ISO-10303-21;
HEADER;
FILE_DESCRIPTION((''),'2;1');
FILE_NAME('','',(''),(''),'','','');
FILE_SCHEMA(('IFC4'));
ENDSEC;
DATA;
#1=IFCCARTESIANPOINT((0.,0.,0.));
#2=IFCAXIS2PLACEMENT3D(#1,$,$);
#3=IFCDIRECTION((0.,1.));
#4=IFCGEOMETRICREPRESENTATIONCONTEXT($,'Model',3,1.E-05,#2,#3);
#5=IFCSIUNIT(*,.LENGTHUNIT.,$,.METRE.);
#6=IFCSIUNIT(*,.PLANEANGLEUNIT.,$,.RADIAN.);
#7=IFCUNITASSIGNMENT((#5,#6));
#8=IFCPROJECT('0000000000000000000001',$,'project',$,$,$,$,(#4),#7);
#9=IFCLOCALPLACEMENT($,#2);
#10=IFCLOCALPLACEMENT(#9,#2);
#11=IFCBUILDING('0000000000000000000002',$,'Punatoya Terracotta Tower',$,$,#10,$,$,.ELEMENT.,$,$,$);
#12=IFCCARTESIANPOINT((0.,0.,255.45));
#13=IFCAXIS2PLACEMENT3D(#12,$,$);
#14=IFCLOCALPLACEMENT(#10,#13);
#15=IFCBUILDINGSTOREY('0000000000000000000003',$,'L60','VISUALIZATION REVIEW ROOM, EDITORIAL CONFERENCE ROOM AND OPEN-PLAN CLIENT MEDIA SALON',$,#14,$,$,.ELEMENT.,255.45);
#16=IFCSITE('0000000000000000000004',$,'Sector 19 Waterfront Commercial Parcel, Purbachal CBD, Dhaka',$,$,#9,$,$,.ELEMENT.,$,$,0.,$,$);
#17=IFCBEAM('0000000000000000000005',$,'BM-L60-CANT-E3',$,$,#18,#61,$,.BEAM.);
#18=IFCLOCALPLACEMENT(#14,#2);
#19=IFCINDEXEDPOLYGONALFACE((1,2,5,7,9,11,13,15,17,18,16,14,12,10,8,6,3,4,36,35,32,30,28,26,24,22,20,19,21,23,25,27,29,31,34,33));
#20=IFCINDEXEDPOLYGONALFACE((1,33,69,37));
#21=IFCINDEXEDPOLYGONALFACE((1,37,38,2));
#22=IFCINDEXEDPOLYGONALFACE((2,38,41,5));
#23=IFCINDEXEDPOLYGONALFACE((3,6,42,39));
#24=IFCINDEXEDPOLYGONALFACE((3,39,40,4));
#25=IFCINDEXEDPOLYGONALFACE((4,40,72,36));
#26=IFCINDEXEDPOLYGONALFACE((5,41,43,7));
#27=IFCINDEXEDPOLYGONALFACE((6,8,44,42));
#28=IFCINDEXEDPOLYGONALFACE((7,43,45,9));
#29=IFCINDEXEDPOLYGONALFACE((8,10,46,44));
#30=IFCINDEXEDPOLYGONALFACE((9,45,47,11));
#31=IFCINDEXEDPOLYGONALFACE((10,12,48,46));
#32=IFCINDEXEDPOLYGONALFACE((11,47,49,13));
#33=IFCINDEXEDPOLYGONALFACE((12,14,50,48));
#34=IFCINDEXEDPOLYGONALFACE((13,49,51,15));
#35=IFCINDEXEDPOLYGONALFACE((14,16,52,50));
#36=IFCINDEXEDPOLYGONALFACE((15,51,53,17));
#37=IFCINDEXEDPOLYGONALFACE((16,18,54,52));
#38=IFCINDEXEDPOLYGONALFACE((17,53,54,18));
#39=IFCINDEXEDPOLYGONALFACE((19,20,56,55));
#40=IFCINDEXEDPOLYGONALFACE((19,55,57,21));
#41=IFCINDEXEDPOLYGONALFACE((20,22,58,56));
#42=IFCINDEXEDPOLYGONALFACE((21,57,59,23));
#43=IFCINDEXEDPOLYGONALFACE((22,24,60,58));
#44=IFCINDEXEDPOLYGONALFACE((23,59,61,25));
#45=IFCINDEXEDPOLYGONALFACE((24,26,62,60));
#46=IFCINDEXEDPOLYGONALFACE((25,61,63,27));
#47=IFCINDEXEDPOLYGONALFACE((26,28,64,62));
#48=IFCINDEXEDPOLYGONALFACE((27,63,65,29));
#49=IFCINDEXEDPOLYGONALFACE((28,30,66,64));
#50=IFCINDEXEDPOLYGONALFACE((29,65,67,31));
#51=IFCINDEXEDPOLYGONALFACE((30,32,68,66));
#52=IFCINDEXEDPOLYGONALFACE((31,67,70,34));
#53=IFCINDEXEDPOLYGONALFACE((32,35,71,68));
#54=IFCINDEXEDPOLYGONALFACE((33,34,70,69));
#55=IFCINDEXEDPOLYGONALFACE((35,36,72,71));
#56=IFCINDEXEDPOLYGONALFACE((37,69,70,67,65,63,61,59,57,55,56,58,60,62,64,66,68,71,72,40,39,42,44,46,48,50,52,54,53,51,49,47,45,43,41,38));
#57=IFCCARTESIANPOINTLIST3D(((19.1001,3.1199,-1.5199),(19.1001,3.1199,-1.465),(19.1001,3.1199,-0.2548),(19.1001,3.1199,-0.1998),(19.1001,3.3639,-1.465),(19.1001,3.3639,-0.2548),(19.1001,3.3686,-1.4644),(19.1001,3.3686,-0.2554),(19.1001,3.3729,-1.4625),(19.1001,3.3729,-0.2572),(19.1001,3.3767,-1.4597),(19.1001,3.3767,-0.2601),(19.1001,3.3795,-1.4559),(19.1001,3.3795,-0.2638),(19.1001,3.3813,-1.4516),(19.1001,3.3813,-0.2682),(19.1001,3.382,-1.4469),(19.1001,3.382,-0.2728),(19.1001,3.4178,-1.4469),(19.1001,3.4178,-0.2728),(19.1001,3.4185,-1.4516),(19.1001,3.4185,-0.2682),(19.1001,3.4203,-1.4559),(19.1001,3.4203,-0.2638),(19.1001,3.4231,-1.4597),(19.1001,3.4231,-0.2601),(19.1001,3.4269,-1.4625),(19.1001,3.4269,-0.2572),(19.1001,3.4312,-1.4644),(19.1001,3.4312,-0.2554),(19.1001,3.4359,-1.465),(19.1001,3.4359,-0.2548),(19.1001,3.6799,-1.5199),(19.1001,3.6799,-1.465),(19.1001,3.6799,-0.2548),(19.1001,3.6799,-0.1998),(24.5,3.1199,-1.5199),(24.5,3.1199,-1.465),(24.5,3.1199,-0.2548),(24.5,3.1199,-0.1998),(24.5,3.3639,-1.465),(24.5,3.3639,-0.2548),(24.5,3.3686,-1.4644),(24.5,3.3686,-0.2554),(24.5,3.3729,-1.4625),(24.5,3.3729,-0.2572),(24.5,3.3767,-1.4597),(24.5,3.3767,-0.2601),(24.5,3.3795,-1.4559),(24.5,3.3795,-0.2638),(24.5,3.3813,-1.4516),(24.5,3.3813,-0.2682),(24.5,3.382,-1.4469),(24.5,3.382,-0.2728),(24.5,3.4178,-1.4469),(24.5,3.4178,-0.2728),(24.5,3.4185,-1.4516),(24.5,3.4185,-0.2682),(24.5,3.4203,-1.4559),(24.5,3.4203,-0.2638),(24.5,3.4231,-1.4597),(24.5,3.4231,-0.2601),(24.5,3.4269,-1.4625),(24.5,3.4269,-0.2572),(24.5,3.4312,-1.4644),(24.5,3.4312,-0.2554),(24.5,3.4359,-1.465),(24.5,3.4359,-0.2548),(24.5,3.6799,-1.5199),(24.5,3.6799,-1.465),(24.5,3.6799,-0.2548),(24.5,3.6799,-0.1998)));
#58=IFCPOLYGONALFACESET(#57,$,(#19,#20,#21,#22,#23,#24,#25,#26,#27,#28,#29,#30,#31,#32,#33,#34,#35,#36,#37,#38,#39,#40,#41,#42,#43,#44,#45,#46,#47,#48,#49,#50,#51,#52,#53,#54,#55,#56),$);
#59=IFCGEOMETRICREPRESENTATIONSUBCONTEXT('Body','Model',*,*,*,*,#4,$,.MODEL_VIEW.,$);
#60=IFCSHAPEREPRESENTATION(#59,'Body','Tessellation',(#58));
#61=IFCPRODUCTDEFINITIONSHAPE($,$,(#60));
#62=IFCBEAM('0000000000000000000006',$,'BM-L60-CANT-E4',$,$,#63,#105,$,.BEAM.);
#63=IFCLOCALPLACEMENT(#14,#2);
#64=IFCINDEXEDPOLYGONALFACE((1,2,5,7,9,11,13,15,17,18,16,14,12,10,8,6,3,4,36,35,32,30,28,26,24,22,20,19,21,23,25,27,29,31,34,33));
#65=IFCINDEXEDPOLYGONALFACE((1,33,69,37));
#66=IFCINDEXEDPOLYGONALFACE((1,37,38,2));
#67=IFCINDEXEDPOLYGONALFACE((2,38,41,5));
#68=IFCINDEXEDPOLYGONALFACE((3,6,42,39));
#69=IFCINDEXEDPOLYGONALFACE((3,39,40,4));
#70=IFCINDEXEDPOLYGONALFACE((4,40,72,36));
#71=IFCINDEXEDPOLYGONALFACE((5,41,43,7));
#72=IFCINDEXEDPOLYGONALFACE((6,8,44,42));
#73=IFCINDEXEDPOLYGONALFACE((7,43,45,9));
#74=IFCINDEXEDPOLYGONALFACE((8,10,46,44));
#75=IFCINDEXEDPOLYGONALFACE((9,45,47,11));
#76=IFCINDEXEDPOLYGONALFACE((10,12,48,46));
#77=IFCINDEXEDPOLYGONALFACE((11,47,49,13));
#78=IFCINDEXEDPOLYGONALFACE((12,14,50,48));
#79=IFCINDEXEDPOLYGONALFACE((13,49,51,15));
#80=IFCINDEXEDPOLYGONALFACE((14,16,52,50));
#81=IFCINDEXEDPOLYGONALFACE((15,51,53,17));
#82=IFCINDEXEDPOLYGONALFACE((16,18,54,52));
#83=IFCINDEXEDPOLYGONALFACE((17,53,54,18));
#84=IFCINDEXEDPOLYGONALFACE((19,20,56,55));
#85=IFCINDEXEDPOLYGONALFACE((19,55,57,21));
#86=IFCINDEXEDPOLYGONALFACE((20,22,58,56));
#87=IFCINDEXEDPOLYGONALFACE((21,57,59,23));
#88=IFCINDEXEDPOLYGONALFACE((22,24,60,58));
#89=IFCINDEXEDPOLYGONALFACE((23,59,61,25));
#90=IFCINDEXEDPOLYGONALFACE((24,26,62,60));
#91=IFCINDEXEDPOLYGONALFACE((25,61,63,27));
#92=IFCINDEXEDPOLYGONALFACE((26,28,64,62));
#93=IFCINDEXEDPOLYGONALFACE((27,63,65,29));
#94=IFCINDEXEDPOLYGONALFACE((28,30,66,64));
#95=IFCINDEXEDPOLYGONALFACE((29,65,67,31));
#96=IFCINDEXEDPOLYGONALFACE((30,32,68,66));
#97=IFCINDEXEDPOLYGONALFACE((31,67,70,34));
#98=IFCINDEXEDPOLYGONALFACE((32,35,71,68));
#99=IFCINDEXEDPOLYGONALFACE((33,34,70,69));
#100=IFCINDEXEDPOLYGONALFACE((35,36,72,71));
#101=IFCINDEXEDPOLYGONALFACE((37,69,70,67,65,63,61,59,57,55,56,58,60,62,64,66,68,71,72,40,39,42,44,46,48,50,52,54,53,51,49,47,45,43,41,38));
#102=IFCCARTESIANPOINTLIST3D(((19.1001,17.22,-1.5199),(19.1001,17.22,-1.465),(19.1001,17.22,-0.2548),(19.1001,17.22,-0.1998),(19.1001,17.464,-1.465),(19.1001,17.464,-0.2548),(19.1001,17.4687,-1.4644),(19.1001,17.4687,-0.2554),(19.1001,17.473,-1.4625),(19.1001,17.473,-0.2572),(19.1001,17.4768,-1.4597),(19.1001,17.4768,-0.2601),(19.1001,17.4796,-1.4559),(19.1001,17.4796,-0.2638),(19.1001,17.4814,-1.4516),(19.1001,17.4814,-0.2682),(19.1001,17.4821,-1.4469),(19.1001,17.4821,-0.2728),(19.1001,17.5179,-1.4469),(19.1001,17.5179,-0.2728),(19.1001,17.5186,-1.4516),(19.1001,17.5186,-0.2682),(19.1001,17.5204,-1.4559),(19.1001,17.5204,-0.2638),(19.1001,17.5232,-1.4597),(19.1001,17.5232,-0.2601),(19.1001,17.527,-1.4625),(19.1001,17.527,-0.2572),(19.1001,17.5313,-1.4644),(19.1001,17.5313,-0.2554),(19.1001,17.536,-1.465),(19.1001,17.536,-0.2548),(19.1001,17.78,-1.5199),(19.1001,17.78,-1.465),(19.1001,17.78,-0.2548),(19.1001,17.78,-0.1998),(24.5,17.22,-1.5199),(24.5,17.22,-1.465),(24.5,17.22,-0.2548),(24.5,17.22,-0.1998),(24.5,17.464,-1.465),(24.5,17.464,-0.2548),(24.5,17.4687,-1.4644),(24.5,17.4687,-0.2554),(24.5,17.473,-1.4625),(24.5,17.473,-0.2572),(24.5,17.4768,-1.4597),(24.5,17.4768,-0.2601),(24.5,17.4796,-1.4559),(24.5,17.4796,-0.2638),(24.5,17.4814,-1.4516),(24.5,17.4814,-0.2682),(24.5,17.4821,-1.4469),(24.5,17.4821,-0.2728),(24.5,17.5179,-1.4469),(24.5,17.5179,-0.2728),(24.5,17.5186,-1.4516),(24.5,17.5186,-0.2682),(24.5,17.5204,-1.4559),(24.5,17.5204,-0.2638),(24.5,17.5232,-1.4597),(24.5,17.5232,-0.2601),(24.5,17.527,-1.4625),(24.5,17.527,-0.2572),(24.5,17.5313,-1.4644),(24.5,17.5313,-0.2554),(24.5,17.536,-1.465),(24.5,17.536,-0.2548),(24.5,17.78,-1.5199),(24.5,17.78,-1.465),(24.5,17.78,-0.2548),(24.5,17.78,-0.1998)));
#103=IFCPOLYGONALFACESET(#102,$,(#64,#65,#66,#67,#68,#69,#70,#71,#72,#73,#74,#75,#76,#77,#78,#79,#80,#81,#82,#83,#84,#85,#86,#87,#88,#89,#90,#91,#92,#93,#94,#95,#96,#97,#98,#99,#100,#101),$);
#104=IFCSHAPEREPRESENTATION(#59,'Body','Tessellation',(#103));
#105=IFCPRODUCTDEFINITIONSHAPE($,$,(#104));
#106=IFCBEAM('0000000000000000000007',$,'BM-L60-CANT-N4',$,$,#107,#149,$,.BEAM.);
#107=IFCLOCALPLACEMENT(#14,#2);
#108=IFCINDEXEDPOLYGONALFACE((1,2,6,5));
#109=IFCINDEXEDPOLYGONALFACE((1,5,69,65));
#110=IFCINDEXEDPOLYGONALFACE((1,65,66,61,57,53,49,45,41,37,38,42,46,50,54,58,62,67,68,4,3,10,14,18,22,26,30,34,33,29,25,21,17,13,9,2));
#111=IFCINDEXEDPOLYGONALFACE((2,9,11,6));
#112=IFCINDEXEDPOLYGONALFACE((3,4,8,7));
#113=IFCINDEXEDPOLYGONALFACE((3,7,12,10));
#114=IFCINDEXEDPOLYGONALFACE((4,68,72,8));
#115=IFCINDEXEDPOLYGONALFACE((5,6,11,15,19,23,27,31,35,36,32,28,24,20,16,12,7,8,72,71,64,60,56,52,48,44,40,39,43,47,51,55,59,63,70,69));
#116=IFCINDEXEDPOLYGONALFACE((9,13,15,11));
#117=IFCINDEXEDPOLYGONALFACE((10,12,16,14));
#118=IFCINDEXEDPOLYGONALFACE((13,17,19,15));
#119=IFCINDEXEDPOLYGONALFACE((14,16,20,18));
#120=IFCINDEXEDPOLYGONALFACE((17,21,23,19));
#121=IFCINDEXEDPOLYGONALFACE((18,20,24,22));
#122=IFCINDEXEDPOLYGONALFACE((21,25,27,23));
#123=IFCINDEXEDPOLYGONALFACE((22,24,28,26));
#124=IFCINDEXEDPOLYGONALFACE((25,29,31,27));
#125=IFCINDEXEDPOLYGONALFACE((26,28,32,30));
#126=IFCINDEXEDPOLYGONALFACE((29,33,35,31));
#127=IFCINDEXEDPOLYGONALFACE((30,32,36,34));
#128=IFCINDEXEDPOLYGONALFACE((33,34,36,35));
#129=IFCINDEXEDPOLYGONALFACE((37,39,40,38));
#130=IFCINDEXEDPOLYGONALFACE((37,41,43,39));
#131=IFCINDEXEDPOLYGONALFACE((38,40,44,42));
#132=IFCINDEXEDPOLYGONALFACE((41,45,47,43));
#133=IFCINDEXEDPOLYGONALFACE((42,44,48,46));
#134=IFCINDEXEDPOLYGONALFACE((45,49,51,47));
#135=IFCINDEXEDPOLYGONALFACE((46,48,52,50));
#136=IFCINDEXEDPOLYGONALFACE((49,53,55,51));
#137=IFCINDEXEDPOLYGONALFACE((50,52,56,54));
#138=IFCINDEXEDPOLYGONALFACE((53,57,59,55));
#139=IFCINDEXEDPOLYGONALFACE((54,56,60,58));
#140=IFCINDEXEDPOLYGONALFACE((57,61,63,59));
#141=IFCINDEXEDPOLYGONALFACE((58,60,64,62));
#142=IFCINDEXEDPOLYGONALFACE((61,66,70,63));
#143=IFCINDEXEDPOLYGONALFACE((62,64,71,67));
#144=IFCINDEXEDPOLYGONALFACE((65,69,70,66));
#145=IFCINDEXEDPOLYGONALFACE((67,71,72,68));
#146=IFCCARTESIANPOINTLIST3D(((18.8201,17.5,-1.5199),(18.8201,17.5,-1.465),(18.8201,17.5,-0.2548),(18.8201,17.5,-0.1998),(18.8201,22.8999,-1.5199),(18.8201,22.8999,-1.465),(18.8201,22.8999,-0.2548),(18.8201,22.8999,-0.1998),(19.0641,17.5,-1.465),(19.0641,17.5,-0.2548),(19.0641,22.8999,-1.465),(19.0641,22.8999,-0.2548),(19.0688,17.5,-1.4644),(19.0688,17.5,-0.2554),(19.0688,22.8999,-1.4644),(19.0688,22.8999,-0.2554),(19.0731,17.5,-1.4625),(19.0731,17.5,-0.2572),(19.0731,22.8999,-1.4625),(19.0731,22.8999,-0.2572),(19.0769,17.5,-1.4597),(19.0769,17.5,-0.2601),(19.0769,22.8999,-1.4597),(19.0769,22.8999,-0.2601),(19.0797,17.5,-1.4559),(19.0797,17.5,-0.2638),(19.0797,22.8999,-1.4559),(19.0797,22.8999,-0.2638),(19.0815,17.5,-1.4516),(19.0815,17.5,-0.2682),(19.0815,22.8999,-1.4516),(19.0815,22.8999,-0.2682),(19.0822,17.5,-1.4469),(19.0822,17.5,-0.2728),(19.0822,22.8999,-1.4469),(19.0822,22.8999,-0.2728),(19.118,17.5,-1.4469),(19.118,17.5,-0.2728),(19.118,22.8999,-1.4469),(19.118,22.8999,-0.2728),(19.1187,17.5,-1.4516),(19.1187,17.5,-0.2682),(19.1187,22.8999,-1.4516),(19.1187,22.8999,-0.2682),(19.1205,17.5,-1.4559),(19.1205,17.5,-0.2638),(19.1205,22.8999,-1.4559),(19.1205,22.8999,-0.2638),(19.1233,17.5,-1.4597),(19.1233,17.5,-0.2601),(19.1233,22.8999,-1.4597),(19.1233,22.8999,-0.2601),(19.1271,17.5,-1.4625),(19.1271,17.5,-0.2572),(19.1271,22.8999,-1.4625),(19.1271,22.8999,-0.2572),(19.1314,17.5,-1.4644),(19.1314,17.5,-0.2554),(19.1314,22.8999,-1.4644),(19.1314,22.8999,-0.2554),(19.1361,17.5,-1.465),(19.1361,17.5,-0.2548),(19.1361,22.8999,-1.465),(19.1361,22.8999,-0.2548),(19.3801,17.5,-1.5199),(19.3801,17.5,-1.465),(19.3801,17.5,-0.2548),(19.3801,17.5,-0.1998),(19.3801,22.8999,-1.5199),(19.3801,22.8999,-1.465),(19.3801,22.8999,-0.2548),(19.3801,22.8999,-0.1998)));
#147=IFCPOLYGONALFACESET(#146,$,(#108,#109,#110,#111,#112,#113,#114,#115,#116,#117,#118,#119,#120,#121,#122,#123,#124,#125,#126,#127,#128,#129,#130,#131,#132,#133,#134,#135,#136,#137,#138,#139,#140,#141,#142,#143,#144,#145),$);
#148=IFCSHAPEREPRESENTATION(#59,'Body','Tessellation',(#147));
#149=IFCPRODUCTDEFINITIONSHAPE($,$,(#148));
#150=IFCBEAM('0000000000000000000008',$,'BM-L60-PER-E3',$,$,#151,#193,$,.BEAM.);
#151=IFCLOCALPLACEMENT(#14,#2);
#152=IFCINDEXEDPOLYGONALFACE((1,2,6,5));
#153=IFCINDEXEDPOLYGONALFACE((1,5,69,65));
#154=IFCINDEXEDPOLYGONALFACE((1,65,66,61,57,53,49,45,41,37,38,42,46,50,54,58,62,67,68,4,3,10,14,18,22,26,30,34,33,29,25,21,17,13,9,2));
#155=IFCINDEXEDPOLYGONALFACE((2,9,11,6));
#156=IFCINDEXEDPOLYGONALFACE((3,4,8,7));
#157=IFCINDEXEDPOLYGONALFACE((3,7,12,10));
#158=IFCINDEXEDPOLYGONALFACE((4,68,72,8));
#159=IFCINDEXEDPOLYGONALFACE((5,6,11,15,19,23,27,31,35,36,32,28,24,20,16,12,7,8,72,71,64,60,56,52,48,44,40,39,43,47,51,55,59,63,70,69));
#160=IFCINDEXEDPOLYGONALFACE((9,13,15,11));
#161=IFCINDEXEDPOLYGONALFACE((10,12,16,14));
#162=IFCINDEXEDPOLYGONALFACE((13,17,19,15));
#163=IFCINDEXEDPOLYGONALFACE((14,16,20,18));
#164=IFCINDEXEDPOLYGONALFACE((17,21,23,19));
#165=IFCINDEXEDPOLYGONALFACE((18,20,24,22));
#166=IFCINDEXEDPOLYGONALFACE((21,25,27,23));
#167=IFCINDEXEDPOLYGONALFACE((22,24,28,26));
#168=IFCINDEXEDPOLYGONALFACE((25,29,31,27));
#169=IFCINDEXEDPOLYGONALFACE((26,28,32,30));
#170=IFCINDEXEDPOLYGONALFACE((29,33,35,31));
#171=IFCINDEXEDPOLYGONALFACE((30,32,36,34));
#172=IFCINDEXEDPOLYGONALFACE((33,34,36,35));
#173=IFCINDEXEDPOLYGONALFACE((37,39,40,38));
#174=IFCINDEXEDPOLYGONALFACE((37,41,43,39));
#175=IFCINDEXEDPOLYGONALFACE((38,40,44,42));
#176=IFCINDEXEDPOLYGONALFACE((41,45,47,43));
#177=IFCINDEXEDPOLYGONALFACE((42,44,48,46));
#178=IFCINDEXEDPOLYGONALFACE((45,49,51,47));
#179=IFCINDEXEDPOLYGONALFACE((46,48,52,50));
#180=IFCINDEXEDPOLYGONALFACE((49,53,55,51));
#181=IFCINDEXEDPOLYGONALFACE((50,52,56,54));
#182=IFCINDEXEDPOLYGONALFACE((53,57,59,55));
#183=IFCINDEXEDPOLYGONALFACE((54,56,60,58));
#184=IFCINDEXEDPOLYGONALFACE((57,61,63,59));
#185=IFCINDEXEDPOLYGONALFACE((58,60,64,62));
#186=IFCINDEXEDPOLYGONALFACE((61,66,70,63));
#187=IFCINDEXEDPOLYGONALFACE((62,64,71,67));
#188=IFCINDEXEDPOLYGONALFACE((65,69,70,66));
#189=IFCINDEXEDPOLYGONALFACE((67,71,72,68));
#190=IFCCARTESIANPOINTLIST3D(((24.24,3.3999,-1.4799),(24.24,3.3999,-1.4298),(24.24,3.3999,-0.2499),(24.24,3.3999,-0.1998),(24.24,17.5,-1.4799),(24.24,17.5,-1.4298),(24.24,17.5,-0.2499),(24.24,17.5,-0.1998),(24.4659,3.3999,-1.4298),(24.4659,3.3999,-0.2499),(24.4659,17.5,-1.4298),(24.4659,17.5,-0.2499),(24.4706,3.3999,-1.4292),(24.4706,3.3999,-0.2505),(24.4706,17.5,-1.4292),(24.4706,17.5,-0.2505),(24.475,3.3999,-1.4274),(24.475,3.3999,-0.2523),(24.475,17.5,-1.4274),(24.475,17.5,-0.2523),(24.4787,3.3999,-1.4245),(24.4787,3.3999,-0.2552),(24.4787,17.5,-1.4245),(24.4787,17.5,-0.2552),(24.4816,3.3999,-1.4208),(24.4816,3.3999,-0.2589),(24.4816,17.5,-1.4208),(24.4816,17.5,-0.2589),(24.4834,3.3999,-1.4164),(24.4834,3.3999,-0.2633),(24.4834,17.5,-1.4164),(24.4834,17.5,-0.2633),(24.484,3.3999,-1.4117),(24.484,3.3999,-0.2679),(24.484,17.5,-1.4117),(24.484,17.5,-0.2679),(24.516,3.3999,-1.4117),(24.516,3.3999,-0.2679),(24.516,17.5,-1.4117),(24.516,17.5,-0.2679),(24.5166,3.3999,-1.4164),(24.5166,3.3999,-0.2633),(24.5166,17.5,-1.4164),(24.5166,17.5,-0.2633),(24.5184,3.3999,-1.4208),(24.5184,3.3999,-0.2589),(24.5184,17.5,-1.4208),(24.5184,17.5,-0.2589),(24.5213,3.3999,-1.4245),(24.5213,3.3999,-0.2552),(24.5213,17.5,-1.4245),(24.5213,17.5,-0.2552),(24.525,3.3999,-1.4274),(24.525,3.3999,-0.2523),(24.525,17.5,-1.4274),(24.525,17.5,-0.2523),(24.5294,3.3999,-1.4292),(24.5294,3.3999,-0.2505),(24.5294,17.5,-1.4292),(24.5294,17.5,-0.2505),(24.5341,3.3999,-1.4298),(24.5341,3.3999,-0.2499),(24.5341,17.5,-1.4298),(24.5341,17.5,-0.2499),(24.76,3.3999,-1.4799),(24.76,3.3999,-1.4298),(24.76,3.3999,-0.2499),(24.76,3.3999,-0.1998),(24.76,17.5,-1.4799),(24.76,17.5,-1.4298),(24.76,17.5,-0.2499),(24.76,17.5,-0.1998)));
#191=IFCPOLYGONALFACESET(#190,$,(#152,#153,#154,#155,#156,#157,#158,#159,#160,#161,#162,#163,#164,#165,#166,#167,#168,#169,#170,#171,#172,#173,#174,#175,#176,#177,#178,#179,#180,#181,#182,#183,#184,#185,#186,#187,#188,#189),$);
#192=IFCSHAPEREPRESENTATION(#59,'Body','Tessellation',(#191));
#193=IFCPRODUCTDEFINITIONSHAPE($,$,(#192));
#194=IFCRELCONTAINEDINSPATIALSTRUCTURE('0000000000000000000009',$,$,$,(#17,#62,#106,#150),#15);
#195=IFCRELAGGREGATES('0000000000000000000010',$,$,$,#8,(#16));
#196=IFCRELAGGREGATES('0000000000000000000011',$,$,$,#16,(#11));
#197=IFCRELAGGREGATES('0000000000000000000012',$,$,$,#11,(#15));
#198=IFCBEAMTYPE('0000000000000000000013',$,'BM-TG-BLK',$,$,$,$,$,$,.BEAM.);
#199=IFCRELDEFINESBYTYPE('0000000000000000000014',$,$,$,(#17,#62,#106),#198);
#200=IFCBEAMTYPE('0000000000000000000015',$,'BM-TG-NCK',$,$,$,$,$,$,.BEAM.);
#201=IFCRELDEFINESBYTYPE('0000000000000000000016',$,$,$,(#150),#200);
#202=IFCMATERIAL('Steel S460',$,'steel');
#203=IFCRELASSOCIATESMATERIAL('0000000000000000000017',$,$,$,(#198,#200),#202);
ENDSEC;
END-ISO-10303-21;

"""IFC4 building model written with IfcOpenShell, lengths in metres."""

from ifc_helpers import new_model, si_unit, direction, frame, origin, origin_2d, place, context, subcontext, project, spatial, i_section, extrude, material, material_profile, profile_set, type_object, element, save


model = new_model("IFC4")

# Units and contexts
model_context = context("Model", 3, precision=1e-05, world=origin(), true_north=direction((0.0, 1.0)))
body_context = subcontext(model_context, "Body", "Model", "MODEL_VIEW")
ifc_project = project(units=[si_unit("LENGTHUNIT", "METRE"), si_unit("PLANEANGLEUNIT", "RADIAN")], contexts=[model_context])

# Site, building, storey
site_placement = place(None, origin())
site = spatial("IfcSite", under=ifc_project, at=site_placement, Name="Sector 19 Waterfront Commercial Parcel, Purbachal CBD, Dhaka", CompositionType="ELEMENT", RefElevation=0.0)
building_placement = place(site_placement, origin())
building = spatial("IfcBuilding", under=site, at=building_placement, Name="Punatoya Terracotta Tower", CompositionType="ELEMENT")
storey_placement = place(building_placement, frame((0.0, 0.0, 255.45)))
storey = spatial("IfcBuildingStorey", under=building, at=storey_placement, Name="L60", Description="VISUALIZATION REVIEW ROOM, EDITORIAL CONFERENCE ROOM AND OPEN-PLAN CLIENT MEDIA SALON", CompositionType="ELEMENT", Elevation=255.45)

# Shared definitions
ifc_material_1 = material(Name="Steel S460", Category="steel")

# Beams
ifc_material_profile_1 = material_profile(ifc_material_1, i_section(OverallWidth=0.5601, OverallDepth=1.3201, WebThickness=0.0359, FlangeThickness=0.0549, FilletRadius=0.0181, at=origin_2d()))
ifc_profile_set_1 = profile_set([ifc_material_profile_1], Name="Steel S460")
beam_type_1 = type_object("IfcBeamType", Name="BM-TG-BLK", PredefinedType="BEAM", material=ifc_profile_set_1)
for number, where, z_axis, x_axis, name in (
    (1, (19.1001, 3.3999, -0.8599), (1.0, 0.0, 0.0), (0.0, 1.0, 0.0), "BM-L60-CANT-E3"),
    (2, (19.1001, 17.5, -0.8599), (1.0, 0.0, 0.0), (0.0, 1.0, 0.0), "BM-L60-CANT-E4"),
    (3, (19.1001, 17.5, -0.8599), (0.0, 1.0, 0.0), (-1.0, 0.0, 0.0), "BM-L60-CANT-N4"),
):
    element("IfcBeam", number, at=place(storey_placement, frame(where, z_axis=z_axis, x_axis=x_axis)), inside=storey, type_object=beam_type_1, Name=name, PredefinedType="BEAM", context=body_context, shape_type="SweptSolid", body=[
        extrude(i_section(OverallWidth=0.5601, OverallDepth=1.3201, WebThickness=0.0359, FlangeThickness=0.0549, FilletRadius=0.0181, at=origin_2d()), origin(), (0.0, 0.0, 1.0), 5.3999),
    ])
ifc_material_profile_2 = material_profile(ifc_material_1, i_section(OverallWidth=0.52, OverallDepth=1.28, WebThickness=0.032, FlangeThickness=0.05, FilletRadius=0.0181, at=origin_2d()))
ifc_profile_set_2 = profile_set([ifc_material_profile_2], Name="Steel S460")
beam_type_2 = type_object("IfcBeamType", Name="BM-TG-NCK", PredefinedType="BEAM", material=ifc_profile_set_2)
beam_1_placement = place(storey_placement, frame((24.5, 3.3999, -0.8398), z_axis=(0.0, 1.0, 0.0), x_axis=(-1.0, 0.0, 0.0)))
element("IfcBeam", 4, at=beam_1_placement, inside=storey, type_object=beam_type_2, Name="BM-L60-PER-E3", PredefinedType="BEAM", context=body_context, shape_type="SweptSolid", body=[
    extrude(i_section(OverallWidth=0.52, OverallDepth=1.28, WebThickness=0.032, FlangeThickness=0.05, FilletRadius=0.0181, at=origin_2d()), origin(), (0.0, 0.0, 1.0), 14.1001),
])

save(model, "model.ifc")
